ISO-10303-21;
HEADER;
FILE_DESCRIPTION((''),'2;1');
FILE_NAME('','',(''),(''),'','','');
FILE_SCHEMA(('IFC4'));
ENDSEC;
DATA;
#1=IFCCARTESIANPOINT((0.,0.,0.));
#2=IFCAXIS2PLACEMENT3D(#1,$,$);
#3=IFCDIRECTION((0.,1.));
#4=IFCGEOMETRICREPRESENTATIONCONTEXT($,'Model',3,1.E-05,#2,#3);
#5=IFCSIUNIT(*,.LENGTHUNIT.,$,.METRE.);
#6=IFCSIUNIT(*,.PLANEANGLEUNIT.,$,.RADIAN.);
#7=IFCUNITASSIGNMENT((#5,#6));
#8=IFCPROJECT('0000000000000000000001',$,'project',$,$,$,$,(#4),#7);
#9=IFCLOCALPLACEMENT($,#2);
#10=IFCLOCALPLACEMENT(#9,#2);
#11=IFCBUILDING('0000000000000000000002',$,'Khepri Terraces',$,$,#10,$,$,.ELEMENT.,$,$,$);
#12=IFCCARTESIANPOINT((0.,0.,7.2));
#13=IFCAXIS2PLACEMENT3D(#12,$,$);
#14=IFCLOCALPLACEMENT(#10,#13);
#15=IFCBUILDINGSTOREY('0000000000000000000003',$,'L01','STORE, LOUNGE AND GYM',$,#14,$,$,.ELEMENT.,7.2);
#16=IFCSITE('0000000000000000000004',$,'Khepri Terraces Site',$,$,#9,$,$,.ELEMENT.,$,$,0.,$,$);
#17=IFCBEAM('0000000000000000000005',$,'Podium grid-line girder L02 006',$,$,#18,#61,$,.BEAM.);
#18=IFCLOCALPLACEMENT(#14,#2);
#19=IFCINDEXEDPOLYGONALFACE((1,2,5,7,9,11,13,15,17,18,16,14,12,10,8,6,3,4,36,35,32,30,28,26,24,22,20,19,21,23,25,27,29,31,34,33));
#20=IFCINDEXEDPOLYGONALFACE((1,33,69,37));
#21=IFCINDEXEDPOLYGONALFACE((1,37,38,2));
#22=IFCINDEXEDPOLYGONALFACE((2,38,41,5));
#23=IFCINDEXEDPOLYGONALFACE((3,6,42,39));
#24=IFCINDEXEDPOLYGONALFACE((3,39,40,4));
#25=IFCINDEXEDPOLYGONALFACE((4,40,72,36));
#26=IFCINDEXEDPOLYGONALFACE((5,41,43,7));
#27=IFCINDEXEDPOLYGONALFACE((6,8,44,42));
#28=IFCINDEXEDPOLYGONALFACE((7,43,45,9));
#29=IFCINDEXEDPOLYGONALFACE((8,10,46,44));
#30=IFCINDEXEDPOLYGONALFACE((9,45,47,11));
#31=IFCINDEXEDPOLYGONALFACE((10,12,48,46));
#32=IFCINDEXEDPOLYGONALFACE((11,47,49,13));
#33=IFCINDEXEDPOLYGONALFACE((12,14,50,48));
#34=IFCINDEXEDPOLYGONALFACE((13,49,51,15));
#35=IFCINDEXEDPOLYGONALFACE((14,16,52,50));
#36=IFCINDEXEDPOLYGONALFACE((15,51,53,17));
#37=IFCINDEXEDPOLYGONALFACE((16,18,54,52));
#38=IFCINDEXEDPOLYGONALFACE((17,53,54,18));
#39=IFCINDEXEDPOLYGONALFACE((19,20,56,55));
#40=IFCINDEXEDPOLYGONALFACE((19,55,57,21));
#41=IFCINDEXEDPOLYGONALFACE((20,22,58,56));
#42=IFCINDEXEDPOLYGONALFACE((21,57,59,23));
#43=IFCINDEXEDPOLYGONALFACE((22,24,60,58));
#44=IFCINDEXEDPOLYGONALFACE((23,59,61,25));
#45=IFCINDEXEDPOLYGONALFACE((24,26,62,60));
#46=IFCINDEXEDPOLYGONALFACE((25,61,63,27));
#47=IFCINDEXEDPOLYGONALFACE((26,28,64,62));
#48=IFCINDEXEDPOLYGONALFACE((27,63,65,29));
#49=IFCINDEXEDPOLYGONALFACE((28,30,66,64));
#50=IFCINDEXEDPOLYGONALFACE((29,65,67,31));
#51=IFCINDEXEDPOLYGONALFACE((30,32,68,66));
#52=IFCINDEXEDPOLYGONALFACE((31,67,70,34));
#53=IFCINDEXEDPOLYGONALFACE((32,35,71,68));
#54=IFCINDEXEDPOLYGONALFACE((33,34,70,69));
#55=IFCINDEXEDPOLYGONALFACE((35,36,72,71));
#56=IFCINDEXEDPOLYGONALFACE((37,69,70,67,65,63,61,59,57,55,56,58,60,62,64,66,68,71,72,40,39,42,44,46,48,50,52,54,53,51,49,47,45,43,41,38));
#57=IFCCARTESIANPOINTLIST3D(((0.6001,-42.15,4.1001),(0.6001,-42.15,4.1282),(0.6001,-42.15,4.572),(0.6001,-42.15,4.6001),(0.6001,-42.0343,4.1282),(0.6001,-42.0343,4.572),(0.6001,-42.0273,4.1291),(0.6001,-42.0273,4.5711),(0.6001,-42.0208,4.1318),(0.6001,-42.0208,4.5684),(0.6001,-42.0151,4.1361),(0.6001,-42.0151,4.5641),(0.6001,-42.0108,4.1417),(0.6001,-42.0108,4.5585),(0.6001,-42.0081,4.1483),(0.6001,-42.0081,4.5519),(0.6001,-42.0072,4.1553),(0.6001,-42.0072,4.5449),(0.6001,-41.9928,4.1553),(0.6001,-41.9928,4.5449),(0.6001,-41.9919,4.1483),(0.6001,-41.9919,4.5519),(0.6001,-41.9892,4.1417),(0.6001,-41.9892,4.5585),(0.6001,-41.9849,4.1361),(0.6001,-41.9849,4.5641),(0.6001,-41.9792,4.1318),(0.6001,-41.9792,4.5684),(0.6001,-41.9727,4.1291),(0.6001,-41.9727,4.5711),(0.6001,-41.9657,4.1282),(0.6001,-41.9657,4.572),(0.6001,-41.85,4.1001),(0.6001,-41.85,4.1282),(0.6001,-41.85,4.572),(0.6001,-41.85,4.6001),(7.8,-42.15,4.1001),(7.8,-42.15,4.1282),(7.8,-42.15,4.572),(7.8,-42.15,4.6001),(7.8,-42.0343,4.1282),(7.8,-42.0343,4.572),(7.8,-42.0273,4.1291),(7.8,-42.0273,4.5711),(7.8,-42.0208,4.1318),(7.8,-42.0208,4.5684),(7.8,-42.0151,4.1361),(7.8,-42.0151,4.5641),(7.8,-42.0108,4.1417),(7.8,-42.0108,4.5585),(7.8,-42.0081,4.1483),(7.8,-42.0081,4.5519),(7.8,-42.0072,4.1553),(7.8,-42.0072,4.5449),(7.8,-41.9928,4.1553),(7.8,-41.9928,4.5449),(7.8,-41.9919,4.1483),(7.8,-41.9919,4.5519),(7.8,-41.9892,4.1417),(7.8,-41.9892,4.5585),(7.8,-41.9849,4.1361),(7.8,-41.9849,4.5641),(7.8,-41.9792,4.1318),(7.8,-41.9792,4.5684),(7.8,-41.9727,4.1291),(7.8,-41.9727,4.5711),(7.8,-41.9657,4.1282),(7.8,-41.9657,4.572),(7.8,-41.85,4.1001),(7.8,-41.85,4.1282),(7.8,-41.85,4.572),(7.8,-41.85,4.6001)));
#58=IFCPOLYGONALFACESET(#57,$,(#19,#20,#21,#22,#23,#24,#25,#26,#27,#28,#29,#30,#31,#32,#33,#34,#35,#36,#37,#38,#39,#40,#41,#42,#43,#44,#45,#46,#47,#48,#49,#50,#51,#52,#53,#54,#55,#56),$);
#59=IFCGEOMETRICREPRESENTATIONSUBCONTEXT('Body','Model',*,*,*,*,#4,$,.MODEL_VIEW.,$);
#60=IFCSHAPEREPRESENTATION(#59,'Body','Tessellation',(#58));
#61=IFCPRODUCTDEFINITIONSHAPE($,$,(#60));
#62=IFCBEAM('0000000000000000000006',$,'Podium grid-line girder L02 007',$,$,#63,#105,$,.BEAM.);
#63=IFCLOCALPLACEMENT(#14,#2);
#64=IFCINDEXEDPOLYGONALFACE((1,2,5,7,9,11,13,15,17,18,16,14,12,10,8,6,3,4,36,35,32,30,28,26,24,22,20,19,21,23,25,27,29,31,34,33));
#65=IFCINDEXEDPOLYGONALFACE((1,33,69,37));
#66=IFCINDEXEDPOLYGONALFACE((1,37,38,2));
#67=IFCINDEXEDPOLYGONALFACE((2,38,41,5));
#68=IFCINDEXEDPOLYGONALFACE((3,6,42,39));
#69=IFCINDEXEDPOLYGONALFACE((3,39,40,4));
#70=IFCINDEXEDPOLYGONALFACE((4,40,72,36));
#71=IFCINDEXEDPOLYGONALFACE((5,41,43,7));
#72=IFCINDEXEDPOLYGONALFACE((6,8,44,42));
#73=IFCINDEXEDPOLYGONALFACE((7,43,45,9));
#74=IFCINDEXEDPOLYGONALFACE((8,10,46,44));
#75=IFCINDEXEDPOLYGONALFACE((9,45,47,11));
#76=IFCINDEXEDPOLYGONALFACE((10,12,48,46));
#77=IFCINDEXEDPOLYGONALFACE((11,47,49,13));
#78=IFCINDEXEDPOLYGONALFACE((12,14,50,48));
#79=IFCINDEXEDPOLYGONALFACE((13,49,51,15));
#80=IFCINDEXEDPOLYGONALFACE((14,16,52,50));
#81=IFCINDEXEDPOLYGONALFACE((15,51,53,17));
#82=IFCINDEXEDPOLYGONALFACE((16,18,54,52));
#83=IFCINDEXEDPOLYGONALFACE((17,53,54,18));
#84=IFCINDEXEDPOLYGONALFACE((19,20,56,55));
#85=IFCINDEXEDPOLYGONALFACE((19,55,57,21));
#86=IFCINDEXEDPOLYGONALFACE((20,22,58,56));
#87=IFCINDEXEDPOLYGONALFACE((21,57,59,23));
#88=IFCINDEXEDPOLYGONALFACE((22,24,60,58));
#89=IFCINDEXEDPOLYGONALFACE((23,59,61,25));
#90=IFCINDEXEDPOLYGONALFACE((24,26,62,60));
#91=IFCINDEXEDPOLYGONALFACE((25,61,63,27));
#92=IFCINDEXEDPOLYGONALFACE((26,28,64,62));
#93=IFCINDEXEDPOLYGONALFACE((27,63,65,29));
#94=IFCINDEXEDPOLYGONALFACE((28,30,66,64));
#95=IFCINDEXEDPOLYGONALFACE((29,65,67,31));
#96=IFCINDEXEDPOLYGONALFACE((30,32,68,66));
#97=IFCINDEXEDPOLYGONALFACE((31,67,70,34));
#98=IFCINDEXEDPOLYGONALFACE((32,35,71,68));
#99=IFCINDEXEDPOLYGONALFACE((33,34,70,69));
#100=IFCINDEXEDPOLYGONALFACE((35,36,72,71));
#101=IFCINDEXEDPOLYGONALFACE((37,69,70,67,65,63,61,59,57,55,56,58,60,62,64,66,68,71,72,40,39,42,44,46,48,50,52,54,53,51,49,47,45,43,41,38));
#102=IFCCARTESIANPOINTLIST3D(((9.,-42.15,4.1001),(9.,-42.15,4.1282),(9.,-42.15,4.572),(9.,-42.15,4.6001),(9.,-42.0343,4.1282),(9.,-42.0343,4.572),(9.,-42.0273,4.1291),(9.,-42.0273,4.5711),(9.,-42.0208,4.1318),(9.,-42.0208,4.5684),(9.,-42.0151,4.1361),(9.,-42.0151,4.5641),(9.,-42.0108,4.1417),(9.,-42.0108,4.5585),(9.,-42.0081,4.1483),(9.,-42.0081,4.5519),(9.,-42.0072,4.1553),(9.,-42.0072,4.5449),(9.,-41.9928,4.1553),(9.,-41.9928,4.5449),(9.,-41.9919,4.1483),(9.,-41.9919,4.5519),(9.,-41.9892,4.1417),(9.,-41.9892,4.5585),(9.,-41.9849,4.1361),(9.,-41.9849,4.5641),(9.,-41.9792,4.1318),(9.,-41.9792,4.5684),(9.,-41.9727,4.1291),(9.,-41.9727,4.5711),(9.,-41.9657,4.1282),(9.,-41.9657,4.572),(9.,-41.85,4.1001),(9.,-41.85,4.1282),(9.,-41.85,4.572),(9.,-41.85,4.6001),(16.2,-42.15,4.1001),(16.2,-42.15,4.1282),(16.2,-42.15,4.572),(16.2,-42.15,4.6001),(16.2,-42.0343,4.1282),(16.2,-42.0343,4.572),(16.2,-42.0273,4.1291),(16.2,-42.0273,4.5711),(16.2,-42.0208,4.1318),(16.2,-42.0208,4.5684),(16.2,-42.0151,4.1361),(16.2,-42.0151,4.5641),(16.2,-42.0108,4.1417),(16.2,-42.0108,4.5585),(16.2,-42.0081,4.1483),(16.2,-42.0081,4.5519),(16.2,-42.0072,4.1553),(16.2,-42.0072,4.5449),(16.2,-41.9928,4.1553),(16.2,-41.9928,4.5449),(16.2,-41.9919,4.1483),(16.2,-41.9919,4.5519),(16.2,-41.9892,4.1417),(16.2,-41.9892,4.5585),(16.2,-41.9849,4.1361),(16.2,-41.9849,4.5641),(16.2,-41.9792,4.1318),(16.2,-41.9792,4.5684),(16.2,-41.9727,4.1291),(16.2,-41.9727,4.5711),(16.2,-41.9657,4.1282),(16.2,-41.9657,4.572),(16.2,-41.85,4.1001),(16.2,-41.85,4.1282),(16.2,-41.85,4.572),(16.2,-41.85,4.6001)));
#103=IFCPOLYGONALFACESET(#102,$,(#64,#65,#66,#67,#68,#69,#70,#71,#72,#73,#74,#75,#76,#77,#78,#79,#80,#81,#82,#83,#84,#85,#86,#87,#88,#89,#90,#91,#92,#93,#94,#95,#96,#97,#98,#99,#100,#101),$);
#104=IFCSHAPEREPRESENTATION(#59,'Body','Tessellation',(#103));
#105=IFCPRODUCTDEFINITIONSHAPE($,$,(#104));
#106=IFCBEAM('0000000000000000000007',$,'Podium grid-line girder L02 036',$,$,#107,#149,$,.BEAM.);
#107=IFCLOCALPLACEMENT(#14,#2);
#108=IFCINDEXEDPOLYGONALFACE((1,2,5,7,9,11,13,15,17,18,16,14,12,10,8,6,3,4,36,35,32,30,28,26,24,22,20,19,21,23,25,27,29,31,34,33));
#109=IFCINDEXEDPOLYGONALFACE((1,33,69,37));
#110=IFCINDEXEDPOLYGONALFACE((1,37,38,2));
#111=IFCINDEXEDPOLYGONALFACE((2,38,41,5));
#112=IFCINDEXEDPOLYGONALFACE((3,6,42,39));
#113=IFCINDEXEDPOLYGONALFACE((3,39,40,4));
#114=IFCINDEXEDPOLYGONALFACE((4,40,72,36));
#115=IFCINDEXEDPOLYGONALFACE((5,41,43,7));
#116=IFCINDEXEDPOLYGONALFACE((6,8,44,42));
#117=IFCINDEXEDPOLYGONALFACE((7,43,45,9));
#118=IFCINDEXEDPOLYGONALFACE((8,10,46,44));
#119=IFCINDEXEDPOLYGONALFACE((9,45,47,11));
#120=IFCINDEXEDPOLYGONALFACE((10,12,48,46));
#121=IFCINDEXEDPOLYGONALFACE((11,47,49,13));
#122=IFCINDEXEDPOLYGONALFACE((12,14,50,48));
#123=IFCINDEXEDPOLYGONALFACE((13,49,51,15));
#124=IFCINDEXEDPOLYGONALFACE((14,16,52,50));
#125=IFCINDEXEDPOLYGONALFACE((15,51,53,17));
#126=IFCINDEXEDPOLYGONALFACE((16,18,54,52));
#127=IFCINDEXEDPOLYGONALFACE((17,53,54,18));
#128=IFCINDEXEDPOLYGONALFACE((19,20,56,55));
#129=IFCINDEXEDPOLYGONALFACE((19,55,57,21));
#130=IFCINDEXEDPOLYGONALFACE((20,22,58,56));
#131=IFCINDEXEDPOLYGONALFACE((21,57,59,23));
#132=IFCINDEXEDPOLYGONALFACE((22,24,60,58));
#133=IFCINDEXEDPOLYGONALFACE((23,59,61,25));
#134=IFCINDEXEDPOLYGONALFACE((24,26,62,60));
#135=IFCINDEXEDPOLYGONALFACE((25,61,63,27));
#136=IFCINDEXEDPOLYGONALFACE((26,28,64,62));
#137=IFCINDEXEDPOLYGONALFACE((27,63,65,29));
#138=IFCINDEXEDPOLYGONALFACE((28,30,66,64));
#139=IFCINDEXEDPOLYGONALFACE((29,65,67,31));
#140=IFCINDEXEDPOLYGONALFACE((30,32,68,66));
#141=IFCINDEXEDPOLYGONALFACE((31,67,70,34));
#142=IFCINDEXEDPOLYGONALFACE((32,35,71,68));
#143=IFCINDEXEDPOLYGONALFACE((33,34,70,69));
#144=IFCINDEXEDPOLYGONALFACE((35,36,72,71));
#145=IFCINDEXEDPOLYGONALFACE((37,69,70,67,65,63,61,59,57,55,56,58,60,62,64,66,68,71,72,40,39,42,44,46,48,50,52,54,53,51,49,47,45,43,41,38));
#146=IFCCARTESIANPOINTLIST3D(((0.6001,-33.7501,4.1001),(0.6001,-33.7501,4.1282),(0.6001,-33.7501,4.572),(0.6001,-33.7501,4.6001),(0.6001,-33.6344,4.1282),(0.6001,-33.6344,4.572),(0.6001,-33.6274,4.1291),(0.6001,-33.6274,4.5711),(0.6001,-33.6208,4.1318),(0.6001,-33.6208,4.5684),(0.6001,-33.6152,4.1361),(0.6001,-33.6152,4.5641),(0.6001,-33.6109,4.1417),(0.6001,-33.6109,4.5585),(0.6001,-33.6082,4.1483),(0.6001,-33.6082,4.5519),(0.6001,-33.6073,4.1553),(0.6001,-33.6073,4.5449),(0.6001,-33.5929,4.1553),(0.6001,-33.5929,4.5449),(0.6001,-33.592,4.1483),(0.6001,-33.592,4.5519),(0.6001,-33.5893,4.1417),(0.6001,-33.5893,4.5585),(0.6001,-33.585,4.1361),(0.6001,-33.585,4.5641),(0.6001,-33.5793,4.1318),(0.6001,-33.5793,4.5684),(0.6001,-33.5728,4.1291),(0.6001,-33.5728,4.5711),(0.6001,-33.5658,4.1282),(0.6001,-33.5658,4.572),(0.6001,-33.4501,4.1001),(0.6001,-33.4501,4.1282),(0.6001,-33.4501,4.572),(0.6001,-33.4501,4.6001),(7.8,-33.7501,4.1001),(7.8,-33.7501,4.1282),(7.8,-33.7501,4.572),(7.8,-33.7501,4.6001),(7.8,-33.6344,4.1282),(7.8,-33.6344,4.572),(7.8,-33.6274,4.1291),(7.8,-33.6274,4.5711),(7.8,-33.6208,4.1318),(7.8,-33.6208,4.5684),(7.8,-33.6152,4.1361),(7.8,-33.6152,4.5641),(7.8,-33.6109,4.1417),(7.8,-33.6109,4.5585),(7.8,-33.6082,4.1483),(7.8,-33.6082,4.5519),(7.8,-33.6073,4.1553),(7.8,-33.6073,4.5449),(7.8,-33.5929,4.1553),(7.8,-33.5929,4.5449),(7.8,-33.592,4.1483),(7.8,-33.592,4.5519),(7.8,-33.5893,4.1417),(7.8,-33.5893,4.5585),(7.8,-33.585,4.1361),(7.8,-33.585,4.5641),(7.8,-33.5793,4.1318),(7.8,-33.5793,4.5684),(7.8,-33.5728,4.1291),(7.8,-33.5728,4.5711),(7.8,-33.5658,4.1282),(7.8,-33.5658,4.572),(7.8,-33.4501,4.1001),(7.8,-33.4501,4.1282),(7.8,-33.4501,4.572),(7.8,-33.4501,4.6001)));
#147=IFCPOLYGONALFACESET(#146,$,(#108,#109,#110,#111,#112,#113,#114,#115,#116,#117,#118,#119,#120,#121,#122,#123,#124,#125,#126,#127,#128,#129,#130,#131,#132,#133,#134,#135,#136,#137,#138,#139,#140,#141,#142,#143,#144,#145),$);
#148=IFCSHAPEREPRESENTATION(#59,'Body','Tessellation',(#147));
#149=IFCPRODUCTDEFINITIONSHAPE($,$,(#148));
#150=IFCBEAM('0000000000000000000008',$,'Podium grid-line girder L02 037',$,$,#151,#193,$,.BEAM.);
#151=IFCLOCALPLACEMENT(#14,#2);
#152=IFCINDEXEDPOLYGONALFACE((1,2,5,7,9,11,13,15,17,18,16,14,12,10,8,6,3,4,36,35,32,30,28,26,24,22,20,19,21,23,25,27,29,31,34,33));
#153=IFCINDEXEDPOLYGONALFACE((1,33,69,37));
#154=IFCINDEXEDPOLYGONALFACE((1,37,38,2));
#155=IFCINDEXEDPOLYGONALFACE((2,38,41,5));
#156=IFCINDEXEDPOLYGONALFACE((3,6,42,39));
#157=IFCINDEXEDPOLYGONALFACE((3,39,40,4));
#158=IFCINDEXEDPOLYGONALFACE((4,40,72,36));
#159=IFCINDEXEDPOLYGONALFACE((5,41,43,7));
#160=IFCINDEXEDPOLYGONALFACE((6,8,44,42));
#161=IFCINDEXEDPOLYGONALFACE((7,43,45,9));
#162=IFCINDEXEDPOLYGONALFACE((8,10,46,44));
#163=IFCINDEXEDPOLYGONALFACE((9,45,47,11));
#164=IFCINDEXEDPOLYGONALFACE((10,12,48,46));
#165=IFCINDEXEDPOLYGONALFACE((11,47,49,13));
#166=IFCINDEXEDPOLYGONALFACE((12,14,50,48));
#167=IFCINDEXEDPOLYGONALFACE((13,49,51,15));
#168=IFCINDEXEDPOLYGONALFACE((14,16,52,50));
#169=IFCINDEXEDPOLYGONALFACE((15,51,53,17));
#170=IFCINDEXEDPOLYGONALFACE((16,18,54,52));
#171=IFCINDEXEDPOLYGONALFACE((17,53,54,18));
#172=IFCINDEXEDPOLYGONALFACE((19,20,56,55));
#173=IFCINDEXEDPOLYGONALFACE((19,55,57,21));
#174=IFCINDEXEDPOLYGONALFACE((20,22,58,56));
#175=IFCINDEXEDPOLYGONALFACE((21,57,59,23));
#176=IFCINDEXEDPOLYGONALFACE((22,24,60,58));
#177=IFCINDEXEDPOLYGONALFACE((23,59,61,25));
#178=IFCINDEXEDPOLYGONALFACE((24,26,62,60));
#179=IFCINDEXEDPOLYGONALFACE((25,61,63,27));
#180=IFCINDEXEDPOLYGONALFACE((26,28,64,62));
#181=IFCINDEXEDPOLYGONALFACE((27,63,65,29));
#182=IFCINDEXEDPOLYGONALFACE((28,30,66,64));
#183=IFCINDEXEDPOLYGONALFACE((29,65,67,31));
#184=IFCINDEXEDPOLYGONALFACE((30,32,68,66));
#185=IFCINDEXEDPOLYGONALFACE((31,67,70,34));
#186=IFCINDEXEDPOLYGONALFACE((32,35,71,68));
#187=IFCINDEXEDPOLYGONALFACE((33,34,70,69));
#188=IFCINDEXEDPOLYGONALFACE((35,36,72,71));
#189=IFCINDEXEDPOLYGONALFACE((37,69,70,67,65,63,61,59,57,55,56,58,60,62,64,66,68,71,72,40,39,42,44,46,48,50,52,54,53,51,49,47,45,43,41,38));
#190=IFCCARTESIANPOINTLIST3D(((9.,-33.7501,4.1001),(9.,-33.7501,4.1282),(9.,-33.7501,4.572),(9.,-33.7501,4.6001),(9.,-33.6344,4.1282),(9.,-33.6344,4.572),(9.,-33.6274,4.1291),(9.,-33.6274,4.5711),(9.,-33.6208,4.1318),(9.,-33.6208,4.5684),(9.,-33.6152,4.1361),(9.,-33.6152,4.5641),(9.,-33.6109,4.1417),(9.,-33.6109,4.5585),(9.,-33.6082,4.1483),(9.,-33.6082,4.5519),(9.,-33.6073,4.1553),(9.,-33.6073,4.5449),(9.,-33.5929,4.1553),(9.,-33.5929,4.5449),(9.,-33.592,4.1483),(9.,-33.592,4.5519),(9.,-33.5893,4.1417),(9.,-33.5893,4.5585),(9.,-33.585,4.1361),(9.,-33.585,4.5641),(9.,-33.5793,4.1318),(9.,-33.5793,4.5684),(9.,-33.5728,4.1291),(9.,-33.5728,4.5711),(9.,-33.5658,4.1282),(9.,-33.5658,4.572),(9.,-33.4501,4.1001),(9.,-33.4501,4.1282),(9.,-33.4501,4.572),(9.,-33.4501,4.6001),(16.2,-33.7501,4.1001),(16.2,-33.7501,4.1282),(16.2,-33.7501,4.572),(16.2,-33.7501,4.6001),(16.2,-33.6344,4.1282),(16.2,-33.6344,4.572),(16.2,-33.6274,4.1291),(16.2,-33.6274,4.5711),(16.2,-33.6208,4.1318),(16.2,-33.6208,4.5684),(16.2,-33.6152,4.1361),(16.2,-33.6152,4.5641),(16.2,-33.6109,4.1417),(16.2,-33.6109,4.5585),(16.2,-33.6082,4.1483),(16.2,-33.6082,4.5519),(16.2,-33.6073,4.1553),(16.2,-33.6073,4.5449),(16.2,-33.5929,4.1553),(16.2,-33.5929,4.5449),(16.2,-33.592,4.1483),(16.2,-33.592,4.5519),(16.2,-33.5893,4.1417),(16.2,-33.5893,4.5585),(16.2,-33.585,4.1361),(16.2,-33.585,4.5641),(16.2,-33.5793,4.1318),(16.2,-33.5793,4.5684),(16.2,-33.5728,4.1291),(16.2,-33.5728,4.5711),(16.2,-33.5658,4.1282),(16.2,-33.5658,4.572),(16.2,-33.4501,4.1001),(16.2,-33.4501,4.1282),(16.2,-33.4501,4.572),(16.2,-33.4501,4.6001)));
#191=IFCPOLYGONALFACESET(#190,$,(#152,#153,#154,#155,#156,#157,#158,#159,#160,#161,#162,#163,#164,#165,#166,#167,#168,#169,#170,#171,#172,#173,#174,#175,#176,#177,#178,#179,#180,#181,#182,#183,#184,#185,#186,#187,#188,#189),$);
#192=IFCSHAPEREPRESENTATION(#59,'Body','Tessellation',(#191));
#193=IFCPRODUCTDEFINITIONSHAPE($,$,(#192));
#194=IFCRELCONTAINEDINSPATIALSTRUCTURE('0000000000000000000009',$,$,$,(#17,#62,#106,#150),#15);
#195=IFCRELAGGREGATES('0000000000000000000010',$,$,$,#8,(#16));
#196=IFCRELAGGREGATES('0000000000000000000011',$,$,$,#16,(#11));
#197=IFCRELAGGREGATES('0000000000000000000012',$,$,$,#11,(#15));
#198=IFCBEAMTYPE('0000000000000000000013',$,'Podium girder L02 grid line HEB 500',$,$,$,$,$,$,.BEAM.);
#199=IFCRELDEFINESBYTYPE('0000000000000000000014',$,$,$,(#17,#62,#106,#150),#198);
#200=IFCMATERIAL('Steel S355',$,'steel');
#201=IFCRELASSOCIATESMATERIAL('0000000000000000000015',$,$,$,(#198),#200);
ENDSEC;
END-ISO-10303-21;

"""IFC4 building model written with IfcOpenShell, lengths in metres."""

from ifc_helpers import new_model, si_unit, direction, frame, origin, origin_2d, place, context, subcontext, project, spatial, i_section, extrude, material, material_profile, profile_set, type_object, element, save


model = new_model("IFC4")

# Units and contexts
model_context = context("Model", 3, precision=1e-05, world=origin(), true_north=direction((0.0, 1.0)))
body_context = subcontext(model_context, "Body", "Model", "MODEL_VIEW")
ifc_project = project(units=[si_unit("LENGTHUNIT", "METRE"), si_unit("PLANEANGLEUNIT", "RADIAN")], contexts=[model_context])

# Site, building, storey
site_placement = place(None, origin())
site = spatial("IfcSite", under=ifc_project, at=site_placement, Name="Khepri Terraces Site", CompositionType="ELEMENT", RefElevation=0.0)
building_placement = place(site_placement, origin())
building = spatial("IfcBuilding", under=site, at=building_placement, Name="Khepri Terraces", CompositionType="ELEMENT")
storey_placement = place(building_placement, frame((0.0, 0.0, 7.2)))
storey = spatial("IfcBuildingStorey", under=building, at=storey_placement, Name="L01", Description="STORE, LOUNGE AND GYM", CompositionType="ELEMENT", Elevation=7.2)

# Beams
ifc_material_1 = material(Name="Steel S355", Category="steel")
ifc_material_profile_1 = material_profile(ifc_material_1, i_section(OverallWidth=0.3, OverallDepth=0.5, WebThickness=0.0144, FlangeThickness=0.0281, FilletRadius=0.0271, at=origin_2d()), Name="Steel S355", Category="steel")
ifc_profile_set_1 = profile_set([ifc_material_profile_1], Name="Steel S355")
beam_type_1 = type_object("IfcBeamType", Name="Podium girder L02 grid line HEB 500", PredefinedType="BEAM", material=ifc_profile_set_1)
for number, where, z_axis, x_axis, name in (
    (1, (0.6001, -42.0, 4.3501), (1.0, 0.0, 0.0), (0.0, 1.0, 0.0), "Podium grid-line girder L02 006"),
    (2, (9.0, -42.0, 4.3501), (1.0, 0.0, 0.0), (0.0, 1.0, 0.0), "Podium grid-line girder L02 007"),
    (3, (0.6001, -33.6001, 4.3501), (1.0, 0.0, 0.0), (0.0, 1.0, 0.0), "Podium grid-line girder L02 036"),
    (4, (9.0, -33.6001, 4.3501), (1.0, 0.0, 0.0), (0.0, 1.0, 0.0), "Podium grid-line girder L02 037"),
):
    element("IfcBeam", number, at=place(storey_placement, frame(where, z_axis=z_axis, x_axis=x_axis)), inside=storey, type_object=beam_type_1, Name=name, PredefinedType="BEAM", context=body_context, shape_type="SweptSolid", body=[
        extrude(i_section(OverallWidth=0.3, OverallDepth=0.5, WebThickness=0.0144, FlangeThickness=0.0281, FilletRadius=0.0271, at=origin_2d()), origin(), (0.0, 0.0, 1.0), 7.2),
    ])

save(model, "model.ifc")
